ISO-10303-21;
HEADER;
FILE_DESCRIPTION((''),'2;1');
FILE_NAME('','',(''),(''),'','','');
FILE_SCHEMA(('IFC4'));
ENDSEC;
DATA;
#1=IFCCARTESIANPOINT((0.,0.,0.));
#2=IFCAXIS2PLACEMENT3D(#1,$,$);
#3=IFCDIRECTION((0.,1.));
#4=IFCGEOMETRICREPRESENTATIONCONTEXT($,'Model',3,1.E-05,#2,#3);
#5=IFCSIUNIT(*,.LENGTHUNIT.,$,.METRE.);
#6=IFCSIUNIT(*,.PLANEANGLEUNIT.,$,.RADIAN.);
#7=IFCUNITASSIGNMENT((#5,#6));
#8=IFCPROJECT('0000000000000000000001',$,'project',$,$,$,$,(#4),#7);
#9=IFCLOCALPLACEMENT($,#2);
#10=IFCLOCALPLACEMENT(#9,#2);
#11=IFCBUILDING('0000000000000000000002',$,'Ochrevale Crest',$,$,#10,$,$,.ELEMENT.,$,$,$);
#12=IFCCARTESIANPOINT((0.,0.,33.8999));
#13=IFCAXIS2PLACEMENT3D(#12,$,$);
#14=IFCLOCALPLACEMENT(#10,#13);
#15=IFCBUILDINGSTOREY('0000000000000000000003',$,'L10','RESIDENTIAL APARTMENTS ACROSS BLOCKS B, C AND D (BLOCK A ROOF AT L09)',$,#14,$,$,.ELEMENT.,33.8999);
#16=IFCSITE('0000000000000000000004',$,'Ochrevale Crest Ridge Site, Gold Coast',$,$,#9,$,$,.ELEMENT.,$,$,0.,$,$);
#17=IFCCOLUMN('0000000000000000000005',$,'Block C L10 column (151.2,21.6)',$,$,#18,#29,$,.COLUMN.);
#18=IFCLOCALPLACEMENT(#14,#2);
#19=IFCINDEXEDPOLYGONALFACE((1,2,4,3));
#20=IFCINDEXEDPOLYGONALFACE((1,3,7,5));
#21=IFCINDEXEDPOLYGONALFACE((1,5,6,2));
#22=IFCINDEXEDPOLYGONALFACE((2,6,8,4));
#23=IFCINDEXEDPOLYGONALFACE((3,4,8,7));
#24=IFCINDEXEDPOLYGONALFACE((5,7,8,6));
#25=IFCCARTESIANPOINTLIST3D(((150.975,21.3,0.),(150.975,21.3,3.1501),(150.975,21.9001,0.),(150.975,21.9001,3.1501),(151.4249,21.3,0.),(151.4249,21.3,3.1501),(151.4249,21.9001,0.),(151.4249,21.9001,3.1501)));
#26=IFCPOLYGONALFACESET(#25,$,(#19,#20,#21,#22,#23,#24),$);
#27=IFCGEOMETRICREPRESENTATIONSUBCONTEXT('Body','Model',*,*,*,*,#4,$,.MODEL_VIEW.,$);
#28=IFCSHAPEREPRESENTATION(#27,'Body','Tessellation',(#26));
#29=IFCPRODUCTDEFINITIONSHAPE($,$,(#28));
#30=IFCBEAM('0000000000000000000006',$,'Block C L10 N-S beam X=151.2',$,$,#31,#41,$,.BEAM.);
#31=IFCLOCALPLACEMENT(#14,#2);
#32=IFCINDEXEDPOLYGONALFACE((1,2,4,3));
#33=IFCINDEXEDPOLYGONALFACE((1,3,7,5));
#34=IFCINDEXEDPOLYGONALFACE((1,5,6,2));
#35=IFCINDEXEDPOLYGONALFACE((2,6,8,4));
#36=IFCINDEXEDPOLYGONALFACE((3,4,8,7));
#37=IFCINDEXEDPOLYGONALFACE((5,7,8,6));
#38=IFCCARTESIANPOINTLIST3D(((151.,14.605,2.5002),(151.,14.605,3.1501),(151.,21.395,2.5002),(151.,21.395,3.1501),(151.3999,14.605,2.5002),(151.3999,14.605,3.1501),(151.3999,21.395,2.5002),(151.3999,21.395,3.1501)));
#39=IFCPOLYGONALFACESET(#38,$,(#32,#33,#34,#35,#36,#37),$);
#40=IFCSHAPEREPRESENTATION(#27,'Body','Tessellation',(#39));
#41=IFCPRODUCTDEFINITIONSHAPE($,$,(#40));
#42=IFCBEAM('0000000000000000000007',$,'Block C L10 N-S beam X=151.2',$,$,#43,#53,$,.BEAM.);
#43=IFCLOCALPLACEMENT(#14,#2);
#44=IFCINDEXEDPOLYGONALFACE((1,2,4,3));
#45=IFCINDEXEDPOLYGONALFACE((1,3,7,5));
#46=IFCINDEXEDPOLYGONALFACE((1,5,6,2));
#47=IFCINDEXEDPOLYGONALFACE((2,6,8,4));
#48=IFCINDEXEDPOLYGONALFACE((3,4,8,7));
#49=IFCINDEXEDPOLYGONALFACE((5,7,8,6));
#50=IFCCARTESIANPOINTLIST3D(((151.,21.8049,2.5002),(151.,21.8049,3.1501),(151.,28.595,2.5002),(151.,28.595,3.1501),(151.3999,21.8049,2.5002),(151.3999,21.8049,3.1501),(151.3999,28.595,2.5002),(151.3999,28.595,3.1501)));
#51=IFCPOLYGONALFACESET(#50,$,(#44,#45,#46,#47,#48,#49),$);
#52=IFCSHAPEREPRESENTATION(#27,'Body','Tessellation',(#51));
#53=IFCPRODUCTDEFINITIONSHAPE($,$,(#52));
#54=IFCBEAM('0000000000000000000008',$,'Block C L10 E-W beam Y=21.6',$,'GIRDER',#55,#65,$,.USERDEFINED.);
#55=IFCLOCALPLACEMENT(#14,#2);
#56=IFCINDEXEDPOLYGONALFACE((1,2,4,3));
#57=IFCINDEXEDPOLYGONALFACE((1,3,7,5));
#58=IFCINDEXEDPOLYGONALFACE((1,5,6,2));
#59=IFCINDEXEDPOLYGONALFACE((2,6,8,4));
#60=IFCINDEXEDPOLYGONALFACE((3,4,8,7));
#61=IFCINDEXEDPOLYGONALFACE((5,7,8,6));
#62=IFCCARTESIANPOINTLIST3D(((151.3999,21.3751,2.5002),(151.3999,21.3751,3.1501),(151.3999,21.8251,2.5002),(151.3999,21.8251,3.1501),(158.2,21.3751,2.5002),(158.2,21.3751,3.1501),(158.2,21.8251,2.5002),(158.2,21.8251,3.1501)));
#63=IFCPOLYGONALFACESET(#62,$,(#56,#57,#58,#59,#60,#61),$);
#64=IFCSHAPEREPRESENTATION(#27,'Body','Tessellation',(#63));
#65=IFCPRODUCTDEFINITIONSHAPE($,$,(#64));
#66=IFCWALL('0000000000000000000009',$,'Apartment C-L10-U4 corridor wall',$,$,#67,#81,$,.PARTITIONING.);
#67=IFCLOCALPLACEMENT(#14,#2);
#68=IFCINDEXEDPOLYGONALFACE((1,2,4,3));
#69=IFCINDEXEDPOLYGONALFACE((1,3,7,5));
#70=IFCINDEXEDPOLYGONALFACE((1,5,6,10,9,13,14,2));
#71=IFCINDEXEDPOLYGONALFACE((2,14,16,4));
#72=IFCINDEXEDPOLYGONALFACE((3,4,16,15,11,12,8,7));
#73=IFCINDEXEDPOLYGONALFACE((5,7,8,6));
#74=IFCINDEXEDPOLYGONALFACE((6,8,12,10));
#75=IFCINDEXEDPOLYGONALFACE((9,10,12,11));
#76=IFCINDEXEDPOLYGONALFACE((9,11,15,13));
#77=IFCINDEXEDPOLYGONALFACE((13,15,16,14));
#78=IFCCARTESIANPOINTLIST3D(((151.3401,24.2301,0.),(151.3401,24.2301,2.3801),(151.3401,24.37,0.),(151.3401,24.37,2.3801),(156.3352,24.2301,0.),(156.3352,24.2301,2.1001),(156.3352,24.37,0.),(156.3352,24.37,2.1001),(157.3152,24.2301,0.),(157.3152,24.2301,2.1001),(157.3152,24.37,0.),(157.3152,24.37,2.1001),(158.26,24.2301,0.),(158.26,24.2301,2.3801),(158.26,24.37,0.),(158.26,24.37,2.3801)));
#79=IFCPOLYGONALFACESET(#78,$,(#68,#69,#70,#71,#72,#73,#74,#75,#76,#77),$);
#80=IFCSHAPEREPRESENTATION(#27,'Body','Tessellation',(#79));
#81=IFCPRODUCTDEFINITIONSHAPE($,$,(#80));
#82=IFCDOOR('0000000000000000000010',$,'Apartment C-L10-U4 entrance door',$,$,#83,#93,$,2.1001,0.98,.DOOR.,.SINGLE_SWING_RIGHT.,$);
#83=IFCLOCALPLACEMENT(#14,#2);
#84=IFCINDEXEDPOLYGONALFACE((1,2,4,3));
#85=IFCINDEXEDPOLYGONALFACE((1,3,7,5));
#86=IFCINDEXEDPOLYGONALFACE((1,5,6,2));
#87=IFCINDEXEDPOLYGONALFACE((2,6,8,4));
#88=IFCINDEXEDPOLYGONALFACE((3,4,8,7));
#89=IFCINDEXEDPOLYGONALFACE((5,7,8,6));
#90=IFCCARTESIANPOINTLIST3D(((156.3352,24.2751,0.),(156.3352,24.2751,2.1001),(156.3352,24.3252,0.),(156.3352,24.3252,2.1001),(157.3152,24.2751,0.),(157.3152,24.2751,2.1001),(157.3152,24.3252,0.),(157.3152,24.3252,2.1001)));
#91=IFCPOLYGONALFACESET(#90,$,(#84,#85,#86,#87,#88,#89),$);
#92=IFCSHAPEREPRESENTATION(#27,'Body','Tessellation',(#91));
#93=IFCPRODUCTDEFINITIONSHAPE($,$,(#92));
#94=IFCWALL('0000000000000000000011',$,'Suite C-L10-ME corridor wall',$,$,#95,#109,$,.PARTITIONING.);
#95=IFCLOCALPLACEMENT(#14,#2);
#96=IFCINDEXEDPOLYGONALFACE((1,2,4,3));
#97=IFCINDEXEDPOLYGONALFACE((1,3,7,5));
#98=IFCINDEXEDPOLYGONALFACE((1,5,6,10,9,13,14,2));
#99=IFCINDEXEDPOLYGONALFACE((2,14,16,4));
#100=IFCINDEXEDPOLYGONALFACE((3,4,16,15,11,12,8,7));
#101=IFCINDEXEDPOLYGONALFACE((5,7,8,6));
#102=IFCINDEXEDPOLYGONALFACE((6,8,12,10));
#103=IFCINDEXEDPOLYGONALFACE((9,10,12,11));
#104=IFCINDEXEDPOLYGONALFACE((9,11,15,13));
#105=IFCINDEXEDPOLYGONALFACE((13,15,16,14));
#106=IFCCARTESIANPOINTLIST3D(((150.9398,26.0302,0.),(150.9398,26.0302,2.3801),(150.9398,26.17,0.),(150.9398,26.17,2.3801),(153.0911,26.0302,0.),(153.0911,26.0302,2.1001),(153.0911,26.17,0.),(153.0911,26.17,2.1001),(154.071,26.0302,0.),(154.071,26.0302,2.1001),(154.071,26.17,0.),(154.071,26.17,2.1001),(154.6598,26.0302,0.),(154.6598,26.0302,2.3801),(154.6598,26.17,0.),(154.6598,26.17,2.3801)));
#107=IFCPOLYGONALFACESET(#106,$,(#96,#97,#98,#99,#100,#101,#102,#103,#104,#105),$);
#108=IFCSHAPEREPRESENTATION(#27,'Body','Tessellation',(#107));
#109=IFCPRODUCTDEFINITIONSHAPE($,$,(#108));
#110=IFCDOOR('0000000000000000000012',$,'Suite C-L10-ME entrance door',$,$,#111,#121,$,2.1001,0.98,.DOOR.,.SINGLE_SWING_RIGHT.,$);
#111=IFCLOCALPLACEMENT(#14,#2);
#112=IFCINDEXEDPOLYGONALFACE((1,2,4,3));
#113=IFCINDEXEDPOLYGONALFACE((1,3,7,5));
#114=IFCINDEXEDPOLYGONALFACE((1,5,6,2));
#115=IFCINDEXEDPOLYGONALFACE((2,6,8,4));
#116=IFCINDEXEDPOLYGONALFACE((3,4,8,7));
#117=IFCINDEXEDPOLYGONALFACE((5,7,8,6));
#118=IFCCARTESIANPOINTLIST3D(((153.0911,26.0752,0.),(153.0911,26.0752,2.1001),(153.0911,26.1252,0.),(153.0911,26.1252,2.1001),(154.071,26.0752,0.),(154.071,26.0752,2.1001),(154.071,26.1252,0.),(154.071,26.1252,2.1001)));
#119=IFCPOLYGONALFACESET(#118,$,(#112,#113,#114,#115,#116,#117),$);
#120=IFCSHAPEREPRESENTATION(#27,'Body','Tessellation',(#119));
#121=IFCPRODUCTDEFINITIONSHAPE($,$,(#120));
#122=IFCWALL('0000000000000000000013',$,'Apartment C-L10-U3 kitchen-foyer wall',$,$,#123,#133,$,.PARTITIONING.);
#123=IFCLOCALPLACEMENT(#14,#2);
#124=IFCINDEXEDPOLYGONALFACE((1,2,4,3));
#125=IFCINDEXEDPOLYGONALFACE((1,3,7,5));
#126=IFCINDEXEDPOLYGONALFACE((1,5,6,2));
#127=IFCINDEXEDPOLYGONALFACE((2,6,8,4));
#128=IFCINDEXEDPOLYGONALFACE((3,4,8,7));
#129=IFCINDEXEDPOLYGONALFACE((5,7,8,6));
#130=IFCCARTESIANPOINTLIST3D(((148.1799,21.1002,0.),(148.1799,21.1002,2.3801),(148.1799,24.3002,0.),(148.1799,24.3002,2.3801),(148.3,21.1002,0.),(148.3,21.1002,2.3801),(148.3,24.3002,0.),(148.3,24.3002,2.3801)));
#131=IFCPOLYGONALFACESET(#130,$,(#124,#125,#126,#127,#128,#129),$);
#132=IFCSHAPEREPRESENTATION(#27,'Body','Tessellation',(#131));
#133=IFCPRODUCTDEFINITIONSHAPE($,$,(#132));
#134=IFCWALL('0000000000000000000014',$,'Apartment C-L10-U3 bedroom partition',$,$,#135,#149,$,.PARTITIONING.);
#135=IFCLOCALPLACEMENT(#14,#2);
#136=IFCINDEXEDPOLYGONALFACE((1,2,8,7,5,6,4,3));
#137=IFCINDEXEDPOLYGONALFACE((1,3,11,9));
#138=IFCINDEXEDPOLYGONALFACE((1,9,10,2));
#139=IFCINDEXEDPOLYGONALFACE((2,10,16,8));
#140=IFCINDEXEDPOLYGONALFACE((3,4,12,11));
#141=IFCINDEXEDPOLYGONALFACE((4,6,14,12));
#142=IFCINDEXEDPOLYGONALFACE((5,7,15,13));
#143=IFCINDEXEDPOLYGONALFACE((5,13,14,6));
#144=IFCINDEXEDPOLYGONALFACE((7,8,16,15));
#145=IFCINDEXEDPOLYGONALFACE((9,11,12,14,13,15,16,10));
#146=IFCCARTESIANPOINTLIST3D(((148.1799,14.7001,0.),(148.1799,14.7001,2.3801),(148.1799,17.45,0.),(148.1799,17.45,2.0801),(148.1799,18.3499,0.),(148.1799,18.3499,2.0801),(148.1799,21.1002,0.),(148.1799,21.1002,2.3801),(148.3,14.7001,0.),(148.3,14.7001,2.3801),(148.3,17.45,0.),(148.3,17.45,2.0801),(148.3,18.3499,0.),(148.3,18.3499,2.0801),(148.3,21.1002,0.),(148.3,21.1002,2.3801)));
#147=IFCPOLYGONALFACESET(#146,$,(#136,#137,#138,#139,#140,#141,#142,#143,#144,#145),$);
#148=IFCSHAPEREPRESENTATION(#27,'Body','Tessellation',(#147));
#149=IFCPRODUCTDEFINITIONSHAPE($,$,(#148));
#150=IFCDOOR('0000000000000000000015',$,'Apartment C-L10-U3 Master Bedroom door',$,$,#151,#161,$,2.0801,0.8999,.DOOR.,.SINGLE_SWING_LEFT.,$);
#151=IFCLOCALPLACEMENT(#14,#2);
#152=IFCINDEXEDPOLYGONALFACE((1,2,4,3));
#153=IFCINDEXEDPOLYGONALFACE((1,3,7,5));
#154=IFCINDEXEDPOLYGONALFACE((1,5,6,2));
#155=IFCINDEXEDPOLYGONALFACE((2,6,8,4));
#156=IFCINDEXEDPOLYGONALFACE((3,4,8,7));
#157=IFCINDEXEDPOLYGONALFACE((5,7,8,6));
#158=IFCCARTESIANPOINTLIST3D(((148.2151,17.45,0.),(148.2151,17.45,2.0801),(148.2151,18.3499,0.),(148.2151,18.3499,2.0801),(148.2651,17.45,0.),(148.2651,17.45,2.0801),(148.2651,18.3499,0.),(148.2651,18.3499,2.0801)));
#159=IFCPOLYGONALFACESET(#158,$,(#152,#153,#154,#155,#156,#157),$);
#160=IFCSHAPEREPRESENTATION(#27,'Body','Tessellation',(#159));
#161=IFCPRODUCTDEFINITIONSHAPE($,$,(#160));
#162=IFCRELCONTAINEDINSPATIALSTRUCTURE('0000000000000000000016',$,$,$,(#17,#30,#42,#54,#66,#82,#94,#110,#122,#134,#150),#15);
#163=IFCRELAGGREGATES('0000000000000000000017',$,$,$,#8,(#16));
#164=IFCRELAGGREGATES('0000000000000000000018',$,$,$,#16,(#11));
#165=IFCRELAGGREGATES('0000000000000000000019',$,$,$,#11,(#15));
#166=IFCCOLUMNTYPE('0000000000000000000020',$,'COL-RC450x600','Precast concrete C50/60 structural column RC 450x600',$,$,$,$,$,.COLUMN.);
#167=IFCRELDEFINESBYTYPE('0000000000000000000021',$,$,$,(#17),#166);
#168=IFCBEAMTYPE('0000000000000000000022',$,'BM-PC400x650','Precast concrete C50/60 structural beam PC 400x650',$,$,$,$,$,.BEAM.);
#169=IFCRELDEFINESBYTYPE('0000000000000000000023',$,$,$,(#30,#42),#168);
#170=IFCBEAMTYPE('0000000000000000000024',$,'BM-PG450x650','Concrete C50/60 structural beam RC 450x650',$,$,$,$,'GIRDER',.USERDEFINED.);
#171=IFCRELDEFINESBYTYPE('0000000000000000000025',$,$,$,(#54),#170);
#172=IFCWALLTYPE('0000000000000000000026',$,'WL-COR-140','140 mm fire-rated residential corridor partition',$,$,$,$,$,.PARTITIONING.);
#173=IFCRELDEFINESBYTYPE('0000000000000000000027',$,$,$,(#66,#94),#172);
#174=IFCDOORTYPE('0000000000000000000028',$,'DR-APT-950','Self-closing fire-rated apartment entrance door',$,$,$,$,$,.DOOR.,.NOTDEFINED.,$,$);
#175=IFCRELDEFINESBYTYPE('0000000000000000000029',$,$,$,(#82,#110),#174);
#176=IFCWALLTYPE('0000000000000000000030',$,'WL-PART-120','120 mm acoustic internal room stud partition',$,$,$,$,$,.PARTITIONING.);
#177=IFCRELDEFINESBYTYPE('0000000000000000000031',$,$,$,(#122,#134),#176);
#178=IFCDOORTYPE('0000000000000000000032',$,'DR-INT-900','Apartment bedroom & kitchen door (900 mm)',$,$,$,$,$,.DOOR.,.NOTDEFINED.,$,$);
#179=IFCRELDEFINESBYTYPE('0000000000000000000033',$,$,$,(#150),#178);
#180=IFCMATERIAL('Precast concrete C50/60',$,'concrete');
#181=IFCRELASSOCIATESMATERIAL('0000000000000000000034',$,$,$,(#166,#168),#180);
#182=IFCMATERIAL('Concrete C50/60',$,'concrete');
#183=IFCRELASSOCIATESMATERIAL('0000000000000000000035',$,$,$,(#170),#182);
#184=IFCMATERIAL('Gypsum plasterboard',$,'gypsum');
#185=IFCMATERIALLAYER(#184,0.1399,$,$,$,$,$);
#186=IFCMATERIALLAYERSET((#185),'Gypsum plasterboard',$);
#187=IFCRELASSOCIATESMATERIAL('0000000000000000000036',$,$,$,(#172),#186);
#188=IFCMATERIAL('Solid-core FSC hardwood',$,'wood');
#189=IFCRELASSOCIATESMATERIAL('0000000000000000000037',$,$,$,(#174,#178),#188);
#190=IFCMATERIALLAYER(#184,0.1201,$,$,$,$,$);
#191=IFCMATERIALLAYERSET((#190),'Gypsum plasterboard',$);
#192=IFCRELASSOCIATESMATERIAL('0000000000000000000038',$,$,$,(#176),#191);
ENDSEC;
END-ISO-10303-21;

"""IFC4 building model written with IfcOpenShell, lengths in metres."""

from ifc_helpers import new_model, si_unit, direction, frame, frame_2d, origin, origin_2d, place, context, subcontext, project, spatial, rectangle, extrude, material, layer, layer_set, material_profile, profile_set, type_object, element, fill, save


model = new_model("IFC4")

# Units and contexts
model_context = context("Model", 3, precision=1e-05, world=origin(), true_north=direction((0.0, 1.0)))
body_context = subcontext(model_context, "Body", "Model", "MODEL_VIEW")
ifc_project = project(units=[si_unit("LENGTHUNIT", "METRE"), si_unit("PLANEANGLEUNIT", "RADIAN")], contexts=[model_context])

# Site, building, storey
site_placement = place(None, origin())
site = spatial("IfcSite", under=ifc_project, at=site_placement, Name="Ochrevale Crest Ridge Site, Gold Coast", CompositionType="ELEMENT", RefElevation=0.0)
building_placement = place(site_placement, origin())
building = spatial("IfcBuilding", under=site, at=building_placement, Name="Ochrevale Crest", CompositionType="ELEMENT")
storey_placement = place(building_placement, frame((0.0, 0.0, 33.8999)))
storey = spatial("IfcBuildingStorey", under=building, at=storey_placement, Name="L10", Description="RESIDENTIAL APARTMENTS ACROSS BLOCKS B, C AND D (BLOCK A ROOF AT L09)", CompositionType="ELEMENT", Elevation=33.8999)

# Column
ifc_material_1 = material(Name="Precast concrete C50/60", Category="concrete")
ifc_material_profile_1 = material_profile(ifc_material_1, rectangle(XDim=0.45, YDim=0.6001, at=origin_2d()), Name="RC 450x600")
ifc_profile_set_1 = profile_set([ifc_material_profile_1], Name="Precast concrete C50/60")
column_type = type_object("IfcColumnType", Name="COL-RC450x600", Description="Precast concrete C50/60 structural column RC 450x600", PredefinedType="COLUMN", material=ifc_profile_set_1)
column_placement = place(storey_placement, frame((151.2, 21.6001, 0.0), z_axis=(0.0, 0.0, 1.0), x_axis=(1.0, 0.0, 0.0)))
element("IfcColumn", 1, at=column_placement, inside=storey, type_object=column_type, Name="Block C L10 column (151.2,21.6)", PredefinedType="COLUMN", context=body_context, shape_type="SweptSolid", body=[
    extrude(rectangle(XDim=0.45, YDim=0.6001, at=origin_2d()), origin(), (0.0, 0.0, 1.0), 3.1501),
])

# Beams
ifc_material_profile_2 = material_profile(ifc_material_1, rectangle(XDim=0.3999, YDim=0.6499, at=origin_2d()), Name="PC 400x650")
ifc_profile_set_2 = profile_set([ifc_material_profile_2], Name="Precast concrete C50/60")
beam_type_1 = type_object("IfcBeamType", Name="BM-PC400x650", Description="Precast concrete C50/60 structural beam PC 400x650", PredefinedType="BEAM", material=ifc_profile_set_2)
for number, where, z_axis, x_axis, name in (
    (2, (151.2, 14.605, 2.8252), (0.0, 1.0, 0.0), (-1.0, 0.0, 0.0), "Block C L10 N-S beam X=151.2"),
    (3, (151.2, 21.8049, 2.8252), (0.0, 1.0, 0.0), (-1.0, 0.0, 0.0), "Block C L10 N-S beam X=151.2"),
):
    element("IfcBeam", number, at=place(storey_placement, frame(where, z_axis=z_axis, x_axis=x_axis)), inside=storey, type_object=beam_type_1, Name=name, PredefinedType="BEAM", context=body_context, shape_type="SweptSolid", body=[
        extrude(rectangle(XDim=0.3999, YDim=0.6499, at=origin_2d()), origin(), (0.0, 0.0, 1.0), 6.79),
    ])
ifc_material_2 = material(Name="Concrete C50/60", Category="concrete")
ifc_material_profile_3 = material_profile(ifc_material_2, rectangle(XDim=0.45, YDim=0.6499, at=origin_2d()), Name="RC 450x650")
ifc_profile_set_3 = profile_set([ifc_material_profile_3], Name="Concrete C50/60")
beam_type_2 = type_object("IfcBeamType", Name="BM-PG450x650", Description="Concrete C50/60 structural beam RC 450x650", ElementType="GIRDER", PredefinedType="USERDEFINED", material=ifc_profile_set_3)
beam_placement = place(storey_placement, frame((151.3999, 21.6001, 2.8252), z_axis=(1.0, 0.0, 0.0), x_axis=(0.0, 1.0, 0.0)))
element("IfcBeam", 4, at=beam_placement, inside=storey, type_object=beam_type_2, Name="Block C L10 E-W beam Y=21.6", ObjectType="GIRDER", PredefinedType="USERDEFINED", context=body_context, shape_type="SweptSolid", body=[
    extrude(rectangle(XDim=0.45, YDim=0.6499, at=origin_2d()), origin(), (0.0, 0.0, 1.0), 6.8),
])

# Walls, openings, doors
ifc_material_3 = material(Name="Gypsum plasterboard", Category="gypsum")
ifc_layer_1 = layer(ifc_material_3, 0.1399)
ifc_layer_set_1 = layer_set([ifc_layer_1], Name="Gypsum plasterboard")
wall_type_1 = type_object("IfcWallType", Name="WL-COR-140", Description="140 mm fire-rated residential corridor partition", PredefinedType="PARTITIONING", material=ifc_layer_set_1)
wall_1_placement = place(storey_placement, frame((151.3401, 24.3, 0.0), z_axis=(0.0, 0.0, 1.0), x_axis=(1.0, 0.0, 0.0)))
wall_1 = element("IfcWall", 5, at=wall_1_placement, inside=storey, type_object=wall_type_1, Name="Apartment C-L10-U4 corridor wall", PredefinedType="PARTITIONING", context=body_context, shape_type="SweptSolid", body=[
    extrude(rectangle(XDim=6.9199, YDim=0.1399, at=frame_2d((3.46, 0.0))), origin(), (0.0, 0.0, 1.0), 2.3801),
])
opening_1_placement = place(wall_1_placement, frame((5.9751, 0.0, 0.0), z_axis=(0.0, 0.0, 1.0), x_axis=(-1.0, 0.0, 0.0)))
opening_1 = element("IfcOpeningElement", 6, at=opening_1_placement, cuts=wall_1, PredefinedType="OPENING", context=body_context, shape_type="SweptSolid", body=[
    extrude(rectangle(XDim=0.98, YDim=2.1001, at=frame_2d((0.49, 1.05))), frame((0.0, 0.0801, 0.0), z_axis=(0.0, -1.0, 0.0), x_axis=(1.0, 0.0, 0.0)), (0.0, 0.0, 1.0), 0.1599),
])
ifc_material_4 = material(Name="Solid-core FSC hardwood", Category="wood")
door_type_1 = type_object("IfcDoorType", Name="DR-APT-950", Description="Self-closing fire-rated apartment entrance door", OperationType="NOTDEFINED", PredefinedType="DOOR", material=ifc_material_4)
door_1_placement = place(opening_1_placement, origin())
door_1 = element("IfcDoor", 7, at=door_1_placement, inside=storey, type_object=door_type_1, Name="Apartment C-L10-U4 entrance door", OperationType="SINGLE_SWING_RIGHT", OverallHeight=2.1001, OverallWidth=0.98, PredefinedType="DOOR", context=body_context, shape_type="SweptSolid", body=[
    extrude(rectangle(XDim=0.98, YDim=2.1001, at=frame_2d((0.49, 1.05))), frame((0.0, 0.0249, 0.0), z_axis=(0.0, -1.0, 0.0), x_axis=(1.0, 0.0, 0.0)), (0.0, 0.0, 1.0), 0.05),
])
fill(opening_1, door_1)
wall_2_placement = place(storey_placement, frame((150.9399, 26.1001, 0.0), z_axis=(0.0, 0.0, 1.0), x_axis=(1.0, 0.0, 0.0)))
wall_2 = element("IfcWall", 8, at=wall_2_placement, inside=storey, type_object=wall_type_1, Name="Suite C-L10-ME corridor wall", PredefinedType="PARTITIONING", context=body_context, shape_type="SweptSolid", body=[
    extrude(rectangle(XDim=3.72, YDim=0.1399, at=frame_2d((1.8599, 0.0))), origin(), (0.0, 0.0, 1.0), 2.3801),
])
opening_2_placement = place(wall_2_placement, frame((3.1311, 0.0, 0.0), z_axis=(0.0, 0.0, 1.0), x_axis=(-1.0, 0.0, 0.0)))
opening_2 = element("IfcOpeningElement", 9, at=opening_2_placement, cuts=wall_2, PredefinedType="OPENING", context=body_context, shape_type="SweptSolid", body=[
    extrude(rectangle(XDim=0.98, YDim=2.1001, at=frame_2d((0.49, 1.05))), frame((0.0, 0.0801, 0.0), z_axis=(0.0, -1.0, 0.0), x_axis=(1.0, 0.0, 0.0)), (0.0, 0.0, 1.0), 0.1599),
])
door_2_placement = place(opening_2_placement, origin())
door_2 = element("IfcDoor", 10, at=door_2_placement, inside=storey, type_object=door_type_1, Name="Suite C-L10-ME entrance door", OperationType="SINGLE_SWING_RIGHT", OverallHeight=2.1001, OverallWidth=0.98, PredefinedType="DOOR", context=body_context, shape_type="SweptSolid", body=[
    extrude(rectangle(XDim=0.98, YDim=2.1001, at=frame_2d((0.49, 1.05))), frame((0.0, 0.0249, 0.0), z_axis=(0.0, -1.0, 0.0), x_axis=(1.0, 0.0, 0.0)), (0.0, 0.0, 1.0), 0.05),
])
fill(opening_2, door_2)

# Wall
ifc_layer_2 = layer(ifc_material_3, 0.1201)
ifc_layer_set_2 = layer_set([ifc_layer_2], Name="Gypsum plasterboard")
wall_type_2 = type_object("IfcWallType", Name="WL-PART-120", Description="120 mm acoustic internal room stud partition", PredefinedType="PARTITIONING", material=ifc_layer_set_2)
wall_3_placement = place(storey_placement, frame((148.24, 21.1001, 0.0), z_axis=(0.0, 0.0, 1.0), x_axis=(0.0, 1.0, 0.0)))
element("IfcWall", 11, at=wall_3_placement, inside=storey, type_object=wall_type_2, Name="Apartment C-L10-U3 kitchen-foyer wall", PredefinedType="PARTITIONING", context=body_context, shape_type="SweptSolid", body=[
    extrude(rectangle(XDim=3.2, YDim=0.1201, at=frame_2d((1.6001, 0.0))), origin(), (0.0, 0.0, 1.0), 2.3801),
])

# Wall, opening, door
wall_4_placement = place(storey_placement, frame((148.24, 14.7, 0.0), z_axis=(0.0, 0.0, 1.0), x_axis=(0.0, 1.0, 0.0)))
wall_4 = element("IfcWall", 12, at=wall_4_placement, inside=storey, type_object=wall_type_2, Name="Apartment C-L10-U3 bedroom partition", PredefinedType="PARTITIONING", context=body_context, shape_type="SweptSolid", body=[
    extrude(rectangle(XDim=6.4001, YDim=0.1201, at=frame_2d((3.2002, 0.0))), origin(), (0.0, 0.0, 1.0), 2.3801),
])
opening_3_placement = place(wall_4_placement, frame((2.75, 0.0, 0.0)))
opening_3 = element("IfcOpeningElement", 13, at=opening_3_placement, cuts=wall_4, PredefinedType="OPENING", context=body_context, shape_type="SweptSolid", body=[
    extrude(rectangle(XDim=0.8999, YDim=2.0801, at=frame_2d((0.45, 1.04))), frame((0.0, 0.0701, 0.0), z_axis=(0.0, -1.0, 0.0), x_axis=(1.0, 0.0, 0.0)), (0.0, 0.0, 1.0), 0.1401),
])
door_type_2 = type_object("IfcDoorType", Name="DR-INT-900", Description="Apartment bedroom & kitchen door (900 mm)", OperationType="NOTDEFINED", PredefinedType="DOOR", material=ifc_material_4)
door_3_placement = place(opening_3_placement, origin())
door_3 = element("IfcDoor", 14, at=door_3_placement, inside=storey, type_object=door_type_2, Name="Apartment C-L10-U3 Master Bedroom door", OperationType="SINGLE_SWING_LEFT", OverallHeight=2.0801, OverallWidth=0.8999, PredefinedType="DOOR", context=body_context, shape_type="SweptSolid", body=[
    extrude(rectangle(XDim=0.8999, YDim=2.0801, at=frame_2d((0.45, 1.04))), frame((0.0, 0.0249, 0.0), z_axis=(0.0, -1.0, 0.0), x_axis=(1.0, 0.0, 0.0)), (0.0, 0.0, 1.0), 0.05),
])
fill(opening_3, door_3)

save(model, "model.ifc")
